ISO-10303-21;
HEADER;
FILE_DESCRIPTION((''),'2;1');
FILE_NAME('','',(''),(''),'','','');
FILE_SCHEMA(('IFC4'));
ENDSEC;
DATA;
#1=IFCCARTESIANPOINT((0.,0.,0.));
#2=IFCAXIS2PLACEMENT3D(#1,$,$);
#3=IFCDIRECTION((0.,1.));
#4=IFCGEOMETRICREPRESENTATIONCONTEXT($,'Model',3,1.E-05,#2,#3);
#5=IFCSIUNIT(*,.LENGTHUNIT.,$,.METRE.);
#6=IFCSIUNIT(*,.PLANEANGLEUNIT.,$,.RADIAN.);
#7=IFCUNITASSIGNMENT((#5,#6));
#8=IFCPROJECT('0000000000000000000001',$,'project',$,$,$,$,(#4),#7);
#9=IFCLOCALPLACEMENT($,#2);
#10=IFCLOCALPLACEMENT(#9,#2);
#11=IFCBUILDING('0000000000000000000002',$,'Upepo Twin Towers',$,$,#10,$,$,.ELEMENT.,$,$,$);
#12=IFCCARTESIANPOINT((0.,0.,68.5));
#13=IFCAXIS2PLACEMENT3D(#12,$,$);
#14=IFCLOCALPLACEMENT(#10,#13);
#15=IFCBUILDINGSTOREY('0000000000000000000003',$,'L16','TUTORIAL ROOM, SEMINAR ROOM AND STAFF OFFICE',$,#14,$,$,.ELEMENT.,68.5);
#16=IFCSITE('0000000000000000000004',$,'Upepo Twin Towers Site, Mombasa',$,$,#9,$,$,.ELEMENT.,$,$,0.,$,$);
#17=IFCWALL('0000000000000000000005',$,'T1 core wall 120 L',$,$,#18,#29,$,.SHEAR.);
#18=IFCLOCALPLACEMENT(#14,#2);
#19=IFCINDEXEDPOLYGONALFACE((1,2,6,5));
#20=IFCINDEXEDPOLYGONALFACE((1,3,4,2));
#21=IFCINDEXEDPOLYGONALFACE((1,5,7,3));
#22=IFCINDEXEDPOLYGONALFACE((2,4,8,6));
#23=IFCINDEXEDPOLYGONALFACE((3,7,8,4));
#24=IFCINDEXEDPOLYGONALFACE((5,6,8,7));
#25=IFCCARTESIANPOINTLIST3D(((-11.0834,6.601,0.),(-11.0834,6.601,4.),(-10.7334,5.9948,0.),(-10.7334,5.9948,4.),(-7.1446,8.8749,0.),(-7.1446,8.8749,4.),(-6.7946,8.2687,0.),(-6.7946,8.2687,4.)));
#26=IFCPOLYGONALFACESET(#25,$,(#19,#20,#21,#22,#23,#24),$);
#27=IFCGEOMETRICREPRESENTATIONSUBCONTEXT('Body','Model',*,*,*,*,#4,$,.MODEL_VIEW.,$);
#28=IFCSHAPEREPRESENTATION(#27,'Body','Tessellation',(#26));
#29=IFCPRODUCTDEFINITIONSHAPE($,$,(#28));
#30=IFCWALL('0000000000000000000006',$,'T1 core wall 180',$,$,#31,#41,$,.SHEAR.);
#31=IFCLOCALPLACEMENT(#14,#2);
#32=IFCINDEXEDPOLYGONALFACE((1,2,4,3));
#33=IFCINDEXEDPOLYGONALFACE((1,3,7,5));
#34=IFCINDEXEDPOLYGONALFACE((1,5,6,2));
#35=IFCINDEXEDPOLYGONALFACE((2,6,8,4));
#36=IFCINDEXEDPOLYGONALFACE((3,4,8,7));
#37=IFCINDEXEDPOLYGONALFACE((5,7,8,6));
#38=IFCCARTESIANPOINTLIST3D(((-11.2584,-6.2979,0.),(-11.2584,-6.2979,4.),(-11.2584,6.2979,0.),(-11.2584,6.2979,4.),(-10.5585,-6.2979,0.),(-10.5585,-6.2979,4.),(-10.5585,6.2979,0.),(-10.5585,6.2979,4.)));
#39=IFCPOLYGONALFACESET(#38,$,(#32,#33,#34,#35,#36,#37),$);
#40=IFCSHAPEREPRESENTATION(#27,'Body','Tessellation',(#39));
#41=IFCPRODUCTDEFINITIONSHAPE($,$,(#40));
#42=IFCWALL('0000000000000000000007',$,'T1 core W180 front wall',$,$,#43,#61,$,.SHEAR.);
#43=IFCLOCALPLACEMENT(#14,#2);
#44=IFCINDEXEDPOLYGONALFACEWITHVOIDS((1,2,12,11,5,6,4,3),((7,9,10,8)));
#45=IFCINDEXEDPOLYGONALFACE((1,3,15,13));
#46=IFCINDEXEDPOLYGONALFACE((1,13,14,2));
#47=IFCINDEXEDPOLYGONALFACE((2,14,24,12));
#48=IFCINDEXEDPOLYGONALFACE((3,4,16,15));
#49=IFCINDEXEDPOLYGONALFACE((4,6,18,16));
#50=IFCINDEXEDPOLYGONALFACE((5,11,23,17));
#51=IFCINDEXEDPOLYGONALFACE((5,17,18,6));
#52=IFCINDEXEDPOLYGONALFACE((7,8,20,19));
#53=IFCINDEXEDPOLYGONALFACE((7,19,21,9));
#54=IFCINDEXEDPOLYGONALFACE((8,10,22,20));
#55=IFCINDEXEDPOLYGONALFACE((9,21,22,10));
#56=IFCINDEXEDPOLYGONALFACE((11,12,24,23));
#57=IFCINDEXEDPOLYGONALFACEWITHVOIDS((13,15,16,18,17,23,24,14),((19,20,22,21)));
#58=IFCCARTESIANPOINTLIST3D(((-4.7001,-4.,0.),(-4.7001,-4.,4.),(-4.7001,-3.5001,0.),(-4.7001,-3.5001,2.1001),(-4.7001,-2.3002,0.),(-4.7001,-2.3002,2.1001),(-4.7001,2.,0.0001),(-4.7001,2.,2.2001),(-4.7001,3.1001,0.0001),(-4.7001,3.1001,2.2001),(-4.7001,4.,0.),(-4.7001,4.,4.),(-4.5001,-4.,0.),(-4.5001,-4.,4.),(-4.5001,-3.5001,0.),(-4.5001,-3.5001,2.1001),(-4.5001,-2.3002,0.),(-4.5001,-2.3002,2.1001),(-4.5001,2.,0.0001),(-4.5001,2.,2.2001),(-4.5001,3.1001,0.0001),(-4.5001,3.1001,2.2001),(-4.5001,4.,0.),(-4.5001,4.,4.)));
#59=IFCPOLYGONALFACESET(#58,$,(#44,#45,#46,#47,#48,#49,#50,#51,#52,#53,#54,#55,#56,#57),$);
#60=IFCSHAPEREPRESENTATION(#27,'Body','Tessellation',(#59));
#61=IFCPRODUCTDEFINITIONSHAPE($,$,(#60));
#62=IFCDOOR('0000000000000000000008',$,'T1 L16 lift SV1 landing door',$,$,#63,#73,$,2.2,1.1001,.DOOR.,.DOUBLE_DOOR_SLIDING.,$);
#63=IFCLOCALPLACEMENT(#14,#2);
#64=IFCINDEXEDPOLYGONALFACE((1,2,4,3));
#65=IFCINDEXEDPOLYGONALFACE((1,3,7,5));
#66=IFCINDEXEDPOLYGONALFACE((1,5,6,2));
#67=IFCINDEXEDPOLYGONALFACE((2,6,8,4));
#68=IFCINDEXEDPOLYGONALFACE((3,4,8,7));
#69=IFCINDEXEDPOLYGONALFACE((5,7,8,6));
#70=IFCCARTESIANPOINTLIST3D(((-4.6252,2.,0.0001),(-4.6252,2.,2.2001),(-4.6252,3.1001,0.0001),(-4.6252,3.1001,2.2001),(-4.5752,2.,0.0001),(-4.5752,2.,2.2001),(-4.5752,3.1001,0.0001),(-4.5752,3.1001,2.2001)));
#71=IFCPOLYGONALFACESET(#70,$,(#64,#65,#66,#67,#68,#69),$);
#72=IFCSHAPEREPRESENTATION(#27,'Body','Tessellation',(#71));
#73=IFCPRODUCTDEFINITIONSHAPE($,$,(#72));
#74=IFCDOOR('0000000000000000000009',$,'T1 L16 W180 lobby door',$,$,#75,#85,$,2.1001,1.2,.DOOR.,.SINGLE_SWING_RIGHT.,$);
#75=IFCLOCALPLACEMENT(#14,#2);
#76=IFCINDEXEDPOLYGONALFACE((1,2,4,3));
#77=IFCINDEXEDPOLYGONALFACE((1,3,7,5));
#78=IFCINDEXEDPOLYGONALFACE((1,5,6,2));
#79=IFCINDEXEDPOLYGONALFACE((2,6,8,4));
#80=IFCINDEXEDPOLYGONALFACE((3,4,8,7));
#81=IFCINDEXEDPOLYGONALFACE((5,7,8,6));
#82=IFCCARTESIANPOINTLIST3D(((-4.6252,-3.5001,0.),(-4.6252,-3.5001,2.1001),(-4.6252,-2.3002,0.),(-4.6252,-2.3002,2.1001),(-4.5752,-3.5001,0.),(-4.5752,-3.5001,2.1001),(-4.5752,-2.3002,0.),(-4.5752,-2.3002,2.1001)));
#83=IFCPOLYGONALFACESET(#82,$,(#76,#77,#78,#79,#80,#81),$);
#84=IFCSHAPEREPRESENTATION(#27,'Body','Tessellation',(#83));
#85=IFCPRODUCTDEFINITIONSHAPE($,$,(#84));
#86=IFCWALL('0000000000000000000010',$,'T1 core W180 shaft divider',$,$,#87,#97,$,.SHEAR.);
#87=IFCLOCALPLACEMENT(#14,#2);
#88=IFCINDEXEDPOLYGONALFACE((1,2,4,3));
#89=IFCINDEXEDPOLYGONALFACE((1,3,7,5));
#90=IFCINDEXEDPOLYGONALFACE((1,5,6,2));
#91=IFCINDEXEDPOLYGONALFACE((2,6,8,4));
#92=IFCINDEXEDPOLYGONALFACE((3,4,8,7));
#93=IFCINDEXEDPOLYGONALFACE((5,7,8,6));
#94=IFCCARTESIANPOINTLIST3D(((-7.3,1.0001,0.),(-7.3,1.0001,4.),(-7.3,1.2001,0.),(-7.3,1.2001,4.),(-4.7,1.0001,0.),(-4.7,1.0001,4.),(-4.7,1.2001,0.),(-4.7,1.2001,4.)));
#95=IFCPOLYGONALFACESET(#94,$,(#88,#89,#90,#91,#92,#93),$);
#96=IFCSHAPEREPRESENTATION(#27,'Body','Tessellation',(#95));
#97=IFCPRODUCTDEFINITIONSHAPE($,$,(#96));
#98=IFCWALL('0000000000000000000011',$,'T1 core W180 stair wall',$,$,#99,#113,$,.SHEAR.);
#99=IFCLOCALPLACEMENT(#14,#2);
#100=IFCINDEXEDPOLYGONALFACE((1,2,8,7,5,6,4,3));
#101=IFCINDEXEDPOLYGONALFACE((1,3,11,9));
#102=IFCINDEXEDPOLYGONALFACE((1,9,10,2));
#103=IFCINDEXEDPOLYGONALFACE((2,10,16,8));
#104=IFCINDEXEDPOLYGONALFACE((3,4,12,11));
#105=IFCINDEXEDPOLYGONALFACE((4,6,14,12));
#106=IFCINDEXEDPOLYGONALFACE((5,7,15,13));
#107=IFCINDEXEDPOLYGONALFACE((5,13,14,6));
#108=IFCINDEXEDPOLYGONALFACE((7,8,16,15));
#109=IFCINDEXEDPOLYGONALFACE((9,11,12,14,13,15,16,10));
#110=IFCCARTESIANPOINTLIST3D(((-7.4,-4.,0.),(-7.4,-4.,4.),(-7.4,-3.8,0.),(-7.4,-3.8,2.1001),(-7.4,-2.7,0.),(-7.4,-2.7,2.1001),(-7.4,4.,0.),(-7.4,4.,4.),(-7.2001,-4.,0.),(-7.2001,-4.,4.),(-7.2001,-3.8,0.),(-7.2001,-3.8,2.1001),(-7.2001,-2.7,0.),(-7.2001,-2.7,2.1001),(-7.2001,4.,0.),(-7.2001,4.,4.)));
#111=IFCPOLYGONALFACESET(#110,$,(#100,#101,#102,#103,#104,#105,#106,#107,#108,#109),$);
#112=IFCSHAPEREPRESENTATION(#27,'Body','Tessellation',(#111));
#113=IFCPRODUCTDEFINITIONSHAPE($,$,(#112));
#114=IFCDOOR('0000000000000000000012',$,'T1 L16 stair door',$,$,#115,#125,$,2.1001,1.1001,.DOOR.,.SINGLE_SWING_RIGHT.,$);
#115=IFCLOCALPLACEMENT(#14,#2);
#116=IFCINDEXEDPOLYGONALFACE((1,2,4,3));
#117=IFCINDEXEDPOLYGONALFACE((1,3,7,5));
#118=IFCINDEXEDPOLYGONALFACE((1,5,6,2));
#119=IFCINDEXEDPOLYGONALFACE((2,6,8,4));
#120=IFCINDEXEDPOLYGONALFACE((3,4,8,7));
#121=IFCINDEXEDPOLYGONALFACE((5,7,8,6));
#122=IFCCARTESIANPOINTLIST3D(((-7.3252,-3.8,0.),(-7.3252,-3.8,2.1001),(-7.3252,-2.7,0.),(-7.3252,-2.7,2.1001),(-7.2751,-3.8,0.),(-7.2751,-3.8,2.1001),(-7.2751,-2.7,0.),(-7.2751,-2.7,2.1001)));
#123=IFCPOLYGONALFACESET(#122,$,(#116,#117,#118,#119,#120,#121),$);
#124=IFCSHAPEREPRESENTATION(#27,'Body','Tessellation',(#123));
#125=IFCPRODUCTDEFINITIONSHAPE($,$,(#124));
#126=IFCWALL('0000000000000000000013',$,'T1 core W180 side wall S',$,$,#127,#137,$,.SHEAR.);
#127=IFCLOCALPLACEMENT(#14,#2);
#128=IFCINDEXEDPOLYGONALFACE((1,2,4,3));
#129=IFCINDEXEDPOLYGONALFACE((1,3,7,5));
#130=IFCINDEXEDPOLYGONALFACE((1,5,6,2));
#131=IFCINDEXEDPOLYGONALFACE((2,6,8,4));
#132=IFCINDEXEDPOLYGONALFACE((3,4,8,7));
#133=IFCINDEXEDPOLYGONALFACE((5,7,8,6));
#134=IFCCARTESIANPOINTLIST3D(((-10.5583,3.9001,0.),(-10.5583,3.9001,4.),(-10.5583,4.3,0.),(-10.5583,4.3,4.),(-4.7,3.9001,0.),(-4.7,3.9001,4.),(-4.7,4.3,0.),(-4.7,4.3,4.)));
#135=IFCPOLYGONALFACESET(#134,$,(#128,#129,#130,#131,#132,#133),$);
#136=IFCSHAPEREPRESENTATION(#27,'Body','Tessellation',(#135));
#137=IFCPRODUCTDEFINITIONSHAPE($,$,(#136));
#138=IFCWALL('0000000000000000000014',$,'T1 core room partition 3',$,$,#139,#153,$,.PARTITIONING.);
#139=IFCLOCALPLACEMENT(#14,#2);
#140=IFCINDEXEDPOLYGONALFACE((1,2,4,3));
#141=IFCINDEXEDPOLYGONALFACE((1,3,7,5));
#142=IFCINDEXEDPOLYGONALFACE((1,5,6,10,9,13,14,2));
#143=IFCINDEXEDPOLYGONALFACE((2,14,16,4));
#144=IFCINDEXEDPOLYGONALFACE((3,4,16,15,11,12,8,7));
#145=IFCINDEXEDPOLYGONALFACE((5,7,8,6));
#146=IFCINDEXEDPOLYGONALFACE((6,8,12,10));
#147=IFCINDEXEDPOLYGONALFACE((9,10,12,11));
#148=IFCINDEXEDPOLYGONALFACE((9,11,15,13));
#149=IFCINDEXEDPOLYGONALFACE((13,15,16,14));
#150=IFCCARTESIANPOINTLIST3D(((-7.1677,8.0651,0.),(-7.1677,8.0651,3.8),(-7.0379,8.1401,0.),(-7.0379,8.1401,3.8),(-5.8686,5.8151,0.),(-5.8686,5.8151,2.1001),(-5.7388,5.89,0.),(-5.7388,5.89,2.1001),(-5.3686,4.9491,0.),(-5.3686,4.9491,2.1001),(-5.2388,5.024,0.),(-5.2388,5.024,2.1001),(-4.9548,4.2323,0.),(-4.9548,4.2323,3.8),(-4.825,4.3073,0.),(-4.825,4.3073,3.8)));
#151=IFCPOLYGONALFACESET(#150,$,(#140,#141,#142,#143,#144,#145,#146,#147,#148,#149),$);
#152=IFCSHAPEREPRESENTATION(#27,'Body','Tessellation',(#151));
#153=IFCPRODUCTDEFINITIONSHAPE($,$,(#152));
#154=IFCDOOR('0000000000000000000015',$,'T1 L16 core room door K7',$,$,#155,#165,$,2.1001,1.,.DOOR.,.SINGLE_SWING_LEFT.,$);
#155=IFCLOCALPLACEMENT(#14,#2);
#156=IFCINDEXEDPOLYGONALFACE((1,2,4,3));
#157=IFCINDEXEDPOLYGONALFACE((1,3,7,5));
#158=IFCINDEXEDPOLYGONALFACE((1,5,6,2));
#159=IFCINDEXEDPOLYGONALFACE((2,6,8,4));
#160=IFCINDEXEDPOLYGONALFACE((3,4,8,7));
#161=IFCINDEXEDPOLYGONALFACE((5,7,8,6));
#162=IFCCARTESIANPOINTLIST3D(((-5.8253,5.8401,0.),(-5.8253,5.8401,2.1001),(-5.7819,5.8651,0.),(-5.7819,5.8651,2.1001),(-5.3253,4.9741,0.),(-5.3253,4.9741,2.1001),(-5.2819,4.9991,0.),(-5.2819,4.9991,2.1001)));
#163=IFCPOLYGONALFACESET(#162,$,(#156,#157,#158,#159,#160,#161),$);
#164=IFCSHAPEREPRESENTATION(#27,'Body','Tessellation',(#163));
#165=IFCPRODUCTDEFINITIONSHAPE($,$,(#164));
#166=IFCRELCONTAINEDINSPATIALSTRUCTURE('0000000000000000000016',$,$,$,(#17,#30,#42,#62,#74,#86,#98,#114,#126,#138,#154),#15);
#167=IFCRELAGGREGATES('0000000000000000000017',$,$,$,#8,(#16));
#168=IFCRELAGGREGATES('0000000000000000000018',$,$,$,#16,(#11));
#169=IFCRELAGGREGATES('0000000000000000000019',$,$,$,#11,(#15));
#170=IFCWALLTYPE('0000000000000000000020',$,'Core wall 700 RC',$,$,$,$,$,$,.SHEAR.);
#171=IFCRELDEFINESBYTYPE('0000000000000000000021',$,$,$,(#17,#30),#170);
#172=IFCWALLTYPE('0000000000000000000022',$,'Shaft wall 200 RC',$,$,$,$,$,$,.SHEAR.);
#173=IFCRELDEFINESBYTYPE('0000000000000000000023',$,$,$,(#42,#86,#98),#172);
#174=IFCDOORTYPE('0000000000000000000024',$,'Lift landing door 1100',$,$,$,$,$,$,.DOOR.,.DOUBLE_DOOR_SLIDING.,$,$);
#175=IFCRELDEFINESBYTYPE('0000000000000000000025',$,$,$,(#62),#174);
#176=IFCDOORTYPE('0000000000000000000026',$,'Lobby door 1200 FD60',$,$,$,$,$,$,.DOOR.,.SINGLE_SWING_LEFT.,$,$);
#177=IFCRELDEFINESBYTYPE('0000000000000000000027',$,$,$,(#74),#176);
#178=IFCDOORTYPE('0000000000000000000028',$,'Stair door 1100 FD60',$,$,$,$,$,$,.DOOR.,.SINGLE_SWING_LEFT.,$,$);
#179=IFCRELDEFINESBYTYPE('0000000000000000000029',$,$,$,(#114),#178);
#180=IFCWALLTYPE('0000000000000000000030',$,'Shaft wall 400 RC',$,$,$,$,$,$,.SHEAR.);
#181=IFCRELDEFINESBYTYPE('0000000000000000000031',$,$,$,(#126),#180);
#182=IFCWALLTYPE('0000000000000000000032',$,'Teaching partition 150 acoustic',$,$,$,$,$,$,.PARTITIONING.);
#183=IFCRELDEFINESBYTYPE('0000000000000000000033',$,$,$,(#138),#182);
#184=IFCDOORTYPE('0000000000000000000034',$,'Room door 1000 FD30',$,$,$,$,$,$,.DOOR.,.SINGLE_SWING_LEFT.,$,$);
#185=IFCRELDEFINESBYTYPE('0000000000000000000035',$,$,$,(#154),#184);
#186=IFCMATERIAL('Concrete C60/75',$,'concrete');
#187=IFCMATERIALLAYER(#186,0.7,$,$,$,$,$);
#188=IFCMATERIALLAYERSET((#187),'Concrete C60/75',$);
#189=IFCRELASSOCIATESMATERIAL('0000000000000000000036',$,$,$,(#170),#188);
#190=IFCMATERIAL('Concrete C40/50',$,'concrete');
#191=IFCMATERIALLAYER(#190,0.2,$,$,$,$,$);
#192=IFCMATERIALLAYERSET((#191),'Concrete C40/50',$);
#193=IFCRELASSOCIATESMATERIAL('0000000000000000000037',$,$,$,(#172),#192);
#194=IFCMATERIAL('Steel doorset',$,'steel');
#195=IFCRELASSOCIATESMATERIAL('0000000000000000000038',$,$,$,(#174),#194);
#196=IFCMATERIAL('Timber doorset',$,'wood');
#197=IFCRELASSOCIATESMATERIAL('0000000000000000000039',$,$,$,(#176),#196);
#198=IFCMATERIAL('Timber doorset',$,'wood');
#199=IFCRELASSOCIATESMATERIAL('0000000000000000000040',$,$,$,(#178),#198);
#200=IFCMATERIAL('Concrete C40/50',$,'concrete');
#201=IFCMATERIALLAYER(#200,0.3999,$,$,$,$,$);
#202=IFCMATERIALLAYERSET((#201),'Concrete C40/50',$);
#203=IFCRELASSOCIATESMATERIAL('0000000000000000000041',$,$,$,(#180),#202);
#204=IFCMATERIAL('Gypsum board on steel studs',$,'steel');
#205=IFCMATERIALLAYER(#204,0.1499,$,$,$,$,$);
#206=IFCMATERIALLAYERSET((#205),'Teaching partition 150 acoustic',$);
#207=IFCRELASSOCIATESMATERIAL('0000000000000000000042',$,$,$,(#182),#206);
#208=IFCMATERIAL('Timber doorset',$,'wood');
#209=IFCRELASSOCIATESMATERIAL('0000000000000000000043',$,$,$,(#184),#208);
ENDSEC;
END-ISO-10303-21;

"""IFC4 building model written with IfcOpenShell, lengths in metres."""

from ifc_helpers import new_model, si_unit, direction, frame, frame_2d, origin, place, context, subcontext, project, spatial, rectangle, extrude, material, layer, layer_set, type_object, element, fill, save


model = new_model("IFC4")

# Units and contexts
model_context = context("Model", 3, precision=1e-05, world=origin(), true_north=direction((0.0, 1.0)))
body_context = subcontext(model_context, "Body", "Model", "MODEL_VIEW")
ifc_project = project(units=[si_unit("LENGTHUNIT", "METRE"), si_unit("PLANEANGLEUNIT", "RADIAN")], contexts=[model_context])

# Site, building, storey
site_placement = place(None, origin())
site = spatial("IfcSite", under=ifc_project, at=site_placement, Name="Upepo Twin Towers Site, Mombasa", CompositionType="ELEMENT", RefElevation=0.0)
building_placement = place(site_placement, origin())
building = spatial("IfcBuilding", under=site, at=building_placement, Name="Upepo Twin Towers", CompositionType="ELEMENT")
storey_placement = place(building_placement, frame((0.0, 0.0, 68.5)))
storey = spatial("IfcBuildingStorey", under=building, at=storey_placement, Name="L16", Description="TUTORIAL ROOM, SEMINAR ROOM AND STAFF OFFICE", CompositionType="ELEMENT", Elevation=68.5)

# Walls
ifc_material_1 = material(Name="Concrete C60/75", Category="concrete")
ifc_layer_1 = layer(ifc_material_1, 0.7)
ifc_layer_set_1 = layer_set([ifc_layer_1], Name="Concrete C60/75")
wall_type_1 = type_object("IfcWallType", Name="Core wall 700 RC", PredefinedType="SHEAR", material=ifc_layer_set_1)
wall_1_placement = place(storey_placement, frame((-6.9697, 8.5718, 0.0), z_axis=(0.0, 0.0, 1.0), x_axis=(-0.866035, -0.499984, 0.0)))
element("IfcWall", 1, at=wall_1_placement, inside=storey, type_object=wall_type_1, Name="T1 core wall 120 L", PredefinedType="SHEAR", context=body_context, shape_type="SweptSolid", body=[
    extrude(rectangle(XDim=4.5481, YDim=0.7, at=frame_2d((2.2739, 0.0))), origin(), (0.0, 0.0, 1.0), 4.0),
])
wall_2_placement = place(storey_placement, frame((-10.9084, 6.2979, 0.0), z_axis=(0.0, 0.0, 1.0), x_axis=(0.0, -1.0, 0.0)))
element("IfcWall", 2, at=wall_2_placement, inside=storey, type_object=wall_type_1, Name="T1 core wall 180", PredefinedType="SHEAR", context=body_context, shape_type="SweptSolid", body=[
    extrude(rectangle(XDim=12.5957, YDim=0.7, at=frame_2d((6.2979, 0.0))), origin(), (0.0, 0.0, 1.0), 4.0),
])

# Wall, openings, doors
ifc_material_2 = material(Name="Concrete C40/50", Category="concrete")
ifc_layer_2 = layer(ifc_material_2, 0.2)
ifc_layer_set_2 = layer_set([ifc_layer_2], Name="Concrete C40/50")
wall_type_2 = type_object("IfcWallType", Name="Shaft wall 200 RC", PredefinedType="SHEAR", material=ifc_layer_set_2)
wall_3_placement = place(storey_placement, frame((-4.6001, 4.0, 0.0), z_axis=(0.0, 0.0, 1.0), x_axis=(0.0, -1.0, 0.0)))
wall_3 = element("IfcWall", 3, at=wall_3_placement, inside=storey, type_object=wall_type_2, Name="T1 core W180 front wall", PredefinedType="SHEAR", context=body_context, shape_type="SweptSolid", body=[
    extrude(rectangle(XDim=8.0, YDim=0.2, at=frame_2d((4.0, 0.0))), origin(), (0.0, 0.0, 1.0), 4.0),
])
opening_1_placement = place(wall_3_placement, frame((6.3, 0.0, 0.0)))
opening_1 = element("IfcOpeningElement", 4, at=opening_1_placement, cuts=wall_3, PredefinedType="OPENING", context=body_context, shape_type="SweptSolid", body=[
    extrude(rectangle(XDim=1.2, YDim=2.1001, at=frame_2d((0.6001, 1.05))), frame((0.0, 0.1099, 0.0), z_axis=(0.0, -1.0, 0.0), x_axis=(1.0, 0.0, 0.0)), (0.0, 0.0, 1.0), 0.22),
])
opening_2_placement = place(wall_3_placement, frame((0.8999, 0.0, 0.0)))
opening_2 = element("IfcOpeningElement", 5, at=opening_2_placement, cuts=wall_3, PredefinedType="OPENING", context=body_context, shape_type="SweptSolid", body=[
    extrude(rectangle(XDim=1.1001, YDim=2.2, at=frame_2d((0.55, 1.1001))), frame((0.0, 0.1099, 0.0), z_axis=(0.0, -1.0, 0.0), x_axis=(1.0, 0.0, 0.0)), (0.0, 0.0, 1.0), 0.22),
])
ifc_material_3 = material(Name="Steel doorset", Category="steel")
door_type_1 = type_object("IfcDoorType", Name="Lift landing door 1100", OperationType="DOUBLE_DOOR_SLIDING", PredefinedType="DOOR", material=ifc_material_3)
door_1_placement = place(opening_2_placement, origin())
door_1 = element("IfcDoor", 6, at=door_1_placement, inside=storey, type_object=door_type_1, Name="T1 L16 lift SV1 landing door", OperationType="DOUBLE_DOOR_SLIDING", OverallHeight=2.2, OverallWidth=1.1001, PredefinedType="DOOR", context=body_context, shape_type="SweptSolid", body=[
    extrude(rectangle(XDim=1.1001, YDim=2.2, at=frame_2d((0.55, 1.1001))), frame((0.0, 0.0249, 0.0), z_axis=(0.0, -1.0, 0.0), x_axis=(1.0, 0.0, 0.0)), (0.0, 0.0, 1.0), 0.05),
])
fill(opening_2, door_1)
ifc_material_4 = material(Name="Timber doorset", Category="wood")
door_type_2 = type_object("IfcDoorType", Name="Lobby door 1200 FD60", OperationType="SINGLE_SWING_LEFT", PredefinedType="DOOR", material=ifc_material_4)
door_2_placement = place(opening_1_placement, origin())
door_2 = element("IfcDoor", 7, at=door_2_placement, inside=storey, type_object=door_type_2, Name="T1 L16 W180 lobby door", OperationType="SINGLE_SWING_RIGHT", OverallHeight=2.1001, OverallWidth=1.2, PredefinedType="DOOR", context=body_context, shape_type="SweptSolid", body=[
    extrude(rectangle(XDim=1.2, YDim=2.1001, at=frame_2d((0.6001, 1.05))), frame((0.0, 0.0249, 0.0), z_axis=(0.0, -1.0, 0.0), x_axis=(1.0, 0.0, 0.0)), (0.0, 0.0, 1.0), 0.05),
])
fill(opening_1, door_2)

# Wall
wall_4_placement = place(storey_placement, frame((-4.7, 1.1001, 0.0), z_axis=(0.0, 0.0, 1.0), x_axis=(-1.0, 0.0, 0.0)))
element("IfcWall", 8, at=wall_4_placement, inside=storey, type_object=wall_type_2, Name="T1 core W180 shaft divider", PredefinedType="SHEAR", context=body_context, shape_type="SweptSolid", body=[
    extrude(rectangle(XDim=2.6001, YDim=0.2, at=frame_2d((1.3, 0.0))), origin(), (0.0, 0.0, 1.0), 4.0),
])

# Wall, opening, door
wall_5_placement = place(storey_placement, frame((-7.3, 4.0, 0.0), z_axis=(0.0, 0.0, 1.0), x_axis=(0.0, -1.0, 0.0)))
wall_5 = element("IfcWall", 9, at=wall_5_placement, inside=storey, type_object=wall_type_2, Name="T1 core W180 stair wall", PredefinedType="SHEAR", context=body_context, shape_type="SweptSolid", body=[
    extrude(rectangle(XDim=8.0, YDim=0.2, at=frame_2d((4.0, 0.0))), origin(), (0.0, 0.0, 1.0), 4.0),
])
opening_3_placement = place(wall_5_placement, frame((6.7, 0.0, 0.0)))
opening_3 = element("IfcOpeningElement", 10, at=opening_3_placement, cuts=wall_5, PredefinedType="OPENING", context=body_context, shape_type="SweptSolid", body=[
    extrude(rectangle(XDim=1.1001, YDim=2.1001, at=frame_2d((0.55, 1.05))), frame((0.0, 0.1099, 0.0), z_axis=(0.0, -1.0, 0.0), x_axis=(1.0, 0.0, 0.0)), (0.0, 0.0, 1.0), 0.22),
])
ifc_material_5 = material(Name="Timber doorset", Category="wood")
door_type_3 = type_object("IfcDoorType", Name="Stair door 1100 FD60", OperationType="SINGLE_SWING_LEFT", PredefinedType="DOOR", material=ifc_material_5)
door_3_placement = place(opening_3_placement, origin())
door_3 = element("IfcDoor", 11, at=door_3_placement, inside=storey, type_object=door_type_3, Name="T1 L16 stair door", OperationType="SINGLE_SWING_RIGHT", OverallHeight=2.1001, OverallWidth=1.1001, PredefinedType="DOOR", context=body_context, shape_type="SweptSolid", body=[
    extrude(rectangle(XDim=1.1001, YDim=2.1001, at=frame_2d((0.55, 1.05))), frame((0.0, 0.0249, 0.0), z_axis=(0.0, -1.0, 0.0), x_axis=(1.0, 0.0, 0.0)), (0.0, 0.0, 1.0), 0.05),
])
fill(opening_3, door_3)

# Wall
ifc_material_6 = material(Name="Concrete C40/50", Category="concrete")
ifc_layer_3 = layer(ifc_material_6, 0.3999)
ifc_layer_set_3 = layer_set([ifc_layer_3], Name="Concrete C40/50")
wall_type_3 = type_object("IfcWallType", Name="Shaft wall 400 RC", PredefinedType="SHEAR", material=ifc_layer_set_3)
wall_6_placement = place(storey_placement, frame((-4.7, 4.1001, 0.0), z_axis=(0.0, 0.0, 1.0), x_axis=(-1.0, 0.0, 0.0)))
element("IfcWall", 12, at=wall_6_placement, inside=storey, type_object=wall_type_3, Name="T1 core W180 side wall S", PredefinedType="SHEAR", context=body_context, shape_type="SweptSolid", body=[
    extrude(rectangle(XDim=5.8584, YDim=0.3999, at=frame_2d((2.9292, 0.0))), origin(), (0.0, 0.0, 1.0), 4.0),
])

# Wall, opening, door
ifc_material_7 = material(Name="Gypsum board on steel studs", Category="steel")
ifc_layer_4 = layer(ifc_material_7, 0.1499)
ifc_layer_set_4 = layer_set([ifc_layer_4], Name="Teaching partition 150 acoustic")
wall_type_4 = type_object("IfcWallType", Name="Teaching partition 150 acoustic", PredefinedType="PARTITIONING", material=ifc_layer_set_4)
wall_7_placement = place(storey_placement, frame((-4.8899, 4.2698, 0.0), z_axis=(0.0, 0.0, 1.0), x_axis=(-0.500007, 0.866021, 0.0)))
wall_7 = element("IfcWall", 13, at=wall_7_placement, inside=storey, type_object=wall_type_4, Name="T1 core room partition 3", PredefinedType="PARTITIONING", context=body_context, shape_type="SweptSolid", body=[
    extrude(rectangle(XDim=4.4258, YDim=0.1499, at=frame_2d((2.2129, 0.0))), origin(), (0.0, 0.0, 1.0), 3.8),
])
opening_4_placement = place(wall_7_placement, frame((0.8276, 0.0, 0.0)))
opening_4 = element("IfcOpeningElement", 14, at=opening_4_placement, cuts=wall_7, PredefinedType="OPENING", context=body_context, shape_type="SweptSolid", body=[
    extrude(rectangle(XDim=1.0, YDim=2.1001, at=frame_2d((0.5, 1.05))), frame((0.0, 0.085, 0.0), z_axis=(0.0, -1.0, 0.0), x_axis=(1.0, 0.0, 0.0)), (0.0, 0.0, 1.0), 0.1699),
])
ifc_material_8 = material(Name="Timber doorset", Category="wood")
door_type_4 = type_object("IfcDoorType", Name="Room door 1000 FD30", OperationType="SINGLE_SWING_LEFT", PredefinedType="DOOR", material=ifc_material_8)
door_4_placement = place(opening_4_placement, origin())
door_4 = element("IfcDoor", 15, at=door_4_placement, inside=storey, type_object=door_type_4, Name="T1 L16 core room door K7", OperationType="SINGLE_SWING_LEFT", OverallHeight=2.1001, OverallWidth=1.0, PredefinedType="DOOR", context=body_context, shape_type="SweptSolid", body=[
    extrude(rectangle(XDim=1.0, YDim=2.1001, at=frame_2d((0.5, 1.05))), frame((0.0, 0.0249, 0.0), z_axis=(0.0, -1.0, 0.0), x_axis=(1.0, 0.0, 0.0)), (0.0, 0.0, 1.0), 0.05),
])
fill(opening_4, door_4)

save(model, "model.ifc")
